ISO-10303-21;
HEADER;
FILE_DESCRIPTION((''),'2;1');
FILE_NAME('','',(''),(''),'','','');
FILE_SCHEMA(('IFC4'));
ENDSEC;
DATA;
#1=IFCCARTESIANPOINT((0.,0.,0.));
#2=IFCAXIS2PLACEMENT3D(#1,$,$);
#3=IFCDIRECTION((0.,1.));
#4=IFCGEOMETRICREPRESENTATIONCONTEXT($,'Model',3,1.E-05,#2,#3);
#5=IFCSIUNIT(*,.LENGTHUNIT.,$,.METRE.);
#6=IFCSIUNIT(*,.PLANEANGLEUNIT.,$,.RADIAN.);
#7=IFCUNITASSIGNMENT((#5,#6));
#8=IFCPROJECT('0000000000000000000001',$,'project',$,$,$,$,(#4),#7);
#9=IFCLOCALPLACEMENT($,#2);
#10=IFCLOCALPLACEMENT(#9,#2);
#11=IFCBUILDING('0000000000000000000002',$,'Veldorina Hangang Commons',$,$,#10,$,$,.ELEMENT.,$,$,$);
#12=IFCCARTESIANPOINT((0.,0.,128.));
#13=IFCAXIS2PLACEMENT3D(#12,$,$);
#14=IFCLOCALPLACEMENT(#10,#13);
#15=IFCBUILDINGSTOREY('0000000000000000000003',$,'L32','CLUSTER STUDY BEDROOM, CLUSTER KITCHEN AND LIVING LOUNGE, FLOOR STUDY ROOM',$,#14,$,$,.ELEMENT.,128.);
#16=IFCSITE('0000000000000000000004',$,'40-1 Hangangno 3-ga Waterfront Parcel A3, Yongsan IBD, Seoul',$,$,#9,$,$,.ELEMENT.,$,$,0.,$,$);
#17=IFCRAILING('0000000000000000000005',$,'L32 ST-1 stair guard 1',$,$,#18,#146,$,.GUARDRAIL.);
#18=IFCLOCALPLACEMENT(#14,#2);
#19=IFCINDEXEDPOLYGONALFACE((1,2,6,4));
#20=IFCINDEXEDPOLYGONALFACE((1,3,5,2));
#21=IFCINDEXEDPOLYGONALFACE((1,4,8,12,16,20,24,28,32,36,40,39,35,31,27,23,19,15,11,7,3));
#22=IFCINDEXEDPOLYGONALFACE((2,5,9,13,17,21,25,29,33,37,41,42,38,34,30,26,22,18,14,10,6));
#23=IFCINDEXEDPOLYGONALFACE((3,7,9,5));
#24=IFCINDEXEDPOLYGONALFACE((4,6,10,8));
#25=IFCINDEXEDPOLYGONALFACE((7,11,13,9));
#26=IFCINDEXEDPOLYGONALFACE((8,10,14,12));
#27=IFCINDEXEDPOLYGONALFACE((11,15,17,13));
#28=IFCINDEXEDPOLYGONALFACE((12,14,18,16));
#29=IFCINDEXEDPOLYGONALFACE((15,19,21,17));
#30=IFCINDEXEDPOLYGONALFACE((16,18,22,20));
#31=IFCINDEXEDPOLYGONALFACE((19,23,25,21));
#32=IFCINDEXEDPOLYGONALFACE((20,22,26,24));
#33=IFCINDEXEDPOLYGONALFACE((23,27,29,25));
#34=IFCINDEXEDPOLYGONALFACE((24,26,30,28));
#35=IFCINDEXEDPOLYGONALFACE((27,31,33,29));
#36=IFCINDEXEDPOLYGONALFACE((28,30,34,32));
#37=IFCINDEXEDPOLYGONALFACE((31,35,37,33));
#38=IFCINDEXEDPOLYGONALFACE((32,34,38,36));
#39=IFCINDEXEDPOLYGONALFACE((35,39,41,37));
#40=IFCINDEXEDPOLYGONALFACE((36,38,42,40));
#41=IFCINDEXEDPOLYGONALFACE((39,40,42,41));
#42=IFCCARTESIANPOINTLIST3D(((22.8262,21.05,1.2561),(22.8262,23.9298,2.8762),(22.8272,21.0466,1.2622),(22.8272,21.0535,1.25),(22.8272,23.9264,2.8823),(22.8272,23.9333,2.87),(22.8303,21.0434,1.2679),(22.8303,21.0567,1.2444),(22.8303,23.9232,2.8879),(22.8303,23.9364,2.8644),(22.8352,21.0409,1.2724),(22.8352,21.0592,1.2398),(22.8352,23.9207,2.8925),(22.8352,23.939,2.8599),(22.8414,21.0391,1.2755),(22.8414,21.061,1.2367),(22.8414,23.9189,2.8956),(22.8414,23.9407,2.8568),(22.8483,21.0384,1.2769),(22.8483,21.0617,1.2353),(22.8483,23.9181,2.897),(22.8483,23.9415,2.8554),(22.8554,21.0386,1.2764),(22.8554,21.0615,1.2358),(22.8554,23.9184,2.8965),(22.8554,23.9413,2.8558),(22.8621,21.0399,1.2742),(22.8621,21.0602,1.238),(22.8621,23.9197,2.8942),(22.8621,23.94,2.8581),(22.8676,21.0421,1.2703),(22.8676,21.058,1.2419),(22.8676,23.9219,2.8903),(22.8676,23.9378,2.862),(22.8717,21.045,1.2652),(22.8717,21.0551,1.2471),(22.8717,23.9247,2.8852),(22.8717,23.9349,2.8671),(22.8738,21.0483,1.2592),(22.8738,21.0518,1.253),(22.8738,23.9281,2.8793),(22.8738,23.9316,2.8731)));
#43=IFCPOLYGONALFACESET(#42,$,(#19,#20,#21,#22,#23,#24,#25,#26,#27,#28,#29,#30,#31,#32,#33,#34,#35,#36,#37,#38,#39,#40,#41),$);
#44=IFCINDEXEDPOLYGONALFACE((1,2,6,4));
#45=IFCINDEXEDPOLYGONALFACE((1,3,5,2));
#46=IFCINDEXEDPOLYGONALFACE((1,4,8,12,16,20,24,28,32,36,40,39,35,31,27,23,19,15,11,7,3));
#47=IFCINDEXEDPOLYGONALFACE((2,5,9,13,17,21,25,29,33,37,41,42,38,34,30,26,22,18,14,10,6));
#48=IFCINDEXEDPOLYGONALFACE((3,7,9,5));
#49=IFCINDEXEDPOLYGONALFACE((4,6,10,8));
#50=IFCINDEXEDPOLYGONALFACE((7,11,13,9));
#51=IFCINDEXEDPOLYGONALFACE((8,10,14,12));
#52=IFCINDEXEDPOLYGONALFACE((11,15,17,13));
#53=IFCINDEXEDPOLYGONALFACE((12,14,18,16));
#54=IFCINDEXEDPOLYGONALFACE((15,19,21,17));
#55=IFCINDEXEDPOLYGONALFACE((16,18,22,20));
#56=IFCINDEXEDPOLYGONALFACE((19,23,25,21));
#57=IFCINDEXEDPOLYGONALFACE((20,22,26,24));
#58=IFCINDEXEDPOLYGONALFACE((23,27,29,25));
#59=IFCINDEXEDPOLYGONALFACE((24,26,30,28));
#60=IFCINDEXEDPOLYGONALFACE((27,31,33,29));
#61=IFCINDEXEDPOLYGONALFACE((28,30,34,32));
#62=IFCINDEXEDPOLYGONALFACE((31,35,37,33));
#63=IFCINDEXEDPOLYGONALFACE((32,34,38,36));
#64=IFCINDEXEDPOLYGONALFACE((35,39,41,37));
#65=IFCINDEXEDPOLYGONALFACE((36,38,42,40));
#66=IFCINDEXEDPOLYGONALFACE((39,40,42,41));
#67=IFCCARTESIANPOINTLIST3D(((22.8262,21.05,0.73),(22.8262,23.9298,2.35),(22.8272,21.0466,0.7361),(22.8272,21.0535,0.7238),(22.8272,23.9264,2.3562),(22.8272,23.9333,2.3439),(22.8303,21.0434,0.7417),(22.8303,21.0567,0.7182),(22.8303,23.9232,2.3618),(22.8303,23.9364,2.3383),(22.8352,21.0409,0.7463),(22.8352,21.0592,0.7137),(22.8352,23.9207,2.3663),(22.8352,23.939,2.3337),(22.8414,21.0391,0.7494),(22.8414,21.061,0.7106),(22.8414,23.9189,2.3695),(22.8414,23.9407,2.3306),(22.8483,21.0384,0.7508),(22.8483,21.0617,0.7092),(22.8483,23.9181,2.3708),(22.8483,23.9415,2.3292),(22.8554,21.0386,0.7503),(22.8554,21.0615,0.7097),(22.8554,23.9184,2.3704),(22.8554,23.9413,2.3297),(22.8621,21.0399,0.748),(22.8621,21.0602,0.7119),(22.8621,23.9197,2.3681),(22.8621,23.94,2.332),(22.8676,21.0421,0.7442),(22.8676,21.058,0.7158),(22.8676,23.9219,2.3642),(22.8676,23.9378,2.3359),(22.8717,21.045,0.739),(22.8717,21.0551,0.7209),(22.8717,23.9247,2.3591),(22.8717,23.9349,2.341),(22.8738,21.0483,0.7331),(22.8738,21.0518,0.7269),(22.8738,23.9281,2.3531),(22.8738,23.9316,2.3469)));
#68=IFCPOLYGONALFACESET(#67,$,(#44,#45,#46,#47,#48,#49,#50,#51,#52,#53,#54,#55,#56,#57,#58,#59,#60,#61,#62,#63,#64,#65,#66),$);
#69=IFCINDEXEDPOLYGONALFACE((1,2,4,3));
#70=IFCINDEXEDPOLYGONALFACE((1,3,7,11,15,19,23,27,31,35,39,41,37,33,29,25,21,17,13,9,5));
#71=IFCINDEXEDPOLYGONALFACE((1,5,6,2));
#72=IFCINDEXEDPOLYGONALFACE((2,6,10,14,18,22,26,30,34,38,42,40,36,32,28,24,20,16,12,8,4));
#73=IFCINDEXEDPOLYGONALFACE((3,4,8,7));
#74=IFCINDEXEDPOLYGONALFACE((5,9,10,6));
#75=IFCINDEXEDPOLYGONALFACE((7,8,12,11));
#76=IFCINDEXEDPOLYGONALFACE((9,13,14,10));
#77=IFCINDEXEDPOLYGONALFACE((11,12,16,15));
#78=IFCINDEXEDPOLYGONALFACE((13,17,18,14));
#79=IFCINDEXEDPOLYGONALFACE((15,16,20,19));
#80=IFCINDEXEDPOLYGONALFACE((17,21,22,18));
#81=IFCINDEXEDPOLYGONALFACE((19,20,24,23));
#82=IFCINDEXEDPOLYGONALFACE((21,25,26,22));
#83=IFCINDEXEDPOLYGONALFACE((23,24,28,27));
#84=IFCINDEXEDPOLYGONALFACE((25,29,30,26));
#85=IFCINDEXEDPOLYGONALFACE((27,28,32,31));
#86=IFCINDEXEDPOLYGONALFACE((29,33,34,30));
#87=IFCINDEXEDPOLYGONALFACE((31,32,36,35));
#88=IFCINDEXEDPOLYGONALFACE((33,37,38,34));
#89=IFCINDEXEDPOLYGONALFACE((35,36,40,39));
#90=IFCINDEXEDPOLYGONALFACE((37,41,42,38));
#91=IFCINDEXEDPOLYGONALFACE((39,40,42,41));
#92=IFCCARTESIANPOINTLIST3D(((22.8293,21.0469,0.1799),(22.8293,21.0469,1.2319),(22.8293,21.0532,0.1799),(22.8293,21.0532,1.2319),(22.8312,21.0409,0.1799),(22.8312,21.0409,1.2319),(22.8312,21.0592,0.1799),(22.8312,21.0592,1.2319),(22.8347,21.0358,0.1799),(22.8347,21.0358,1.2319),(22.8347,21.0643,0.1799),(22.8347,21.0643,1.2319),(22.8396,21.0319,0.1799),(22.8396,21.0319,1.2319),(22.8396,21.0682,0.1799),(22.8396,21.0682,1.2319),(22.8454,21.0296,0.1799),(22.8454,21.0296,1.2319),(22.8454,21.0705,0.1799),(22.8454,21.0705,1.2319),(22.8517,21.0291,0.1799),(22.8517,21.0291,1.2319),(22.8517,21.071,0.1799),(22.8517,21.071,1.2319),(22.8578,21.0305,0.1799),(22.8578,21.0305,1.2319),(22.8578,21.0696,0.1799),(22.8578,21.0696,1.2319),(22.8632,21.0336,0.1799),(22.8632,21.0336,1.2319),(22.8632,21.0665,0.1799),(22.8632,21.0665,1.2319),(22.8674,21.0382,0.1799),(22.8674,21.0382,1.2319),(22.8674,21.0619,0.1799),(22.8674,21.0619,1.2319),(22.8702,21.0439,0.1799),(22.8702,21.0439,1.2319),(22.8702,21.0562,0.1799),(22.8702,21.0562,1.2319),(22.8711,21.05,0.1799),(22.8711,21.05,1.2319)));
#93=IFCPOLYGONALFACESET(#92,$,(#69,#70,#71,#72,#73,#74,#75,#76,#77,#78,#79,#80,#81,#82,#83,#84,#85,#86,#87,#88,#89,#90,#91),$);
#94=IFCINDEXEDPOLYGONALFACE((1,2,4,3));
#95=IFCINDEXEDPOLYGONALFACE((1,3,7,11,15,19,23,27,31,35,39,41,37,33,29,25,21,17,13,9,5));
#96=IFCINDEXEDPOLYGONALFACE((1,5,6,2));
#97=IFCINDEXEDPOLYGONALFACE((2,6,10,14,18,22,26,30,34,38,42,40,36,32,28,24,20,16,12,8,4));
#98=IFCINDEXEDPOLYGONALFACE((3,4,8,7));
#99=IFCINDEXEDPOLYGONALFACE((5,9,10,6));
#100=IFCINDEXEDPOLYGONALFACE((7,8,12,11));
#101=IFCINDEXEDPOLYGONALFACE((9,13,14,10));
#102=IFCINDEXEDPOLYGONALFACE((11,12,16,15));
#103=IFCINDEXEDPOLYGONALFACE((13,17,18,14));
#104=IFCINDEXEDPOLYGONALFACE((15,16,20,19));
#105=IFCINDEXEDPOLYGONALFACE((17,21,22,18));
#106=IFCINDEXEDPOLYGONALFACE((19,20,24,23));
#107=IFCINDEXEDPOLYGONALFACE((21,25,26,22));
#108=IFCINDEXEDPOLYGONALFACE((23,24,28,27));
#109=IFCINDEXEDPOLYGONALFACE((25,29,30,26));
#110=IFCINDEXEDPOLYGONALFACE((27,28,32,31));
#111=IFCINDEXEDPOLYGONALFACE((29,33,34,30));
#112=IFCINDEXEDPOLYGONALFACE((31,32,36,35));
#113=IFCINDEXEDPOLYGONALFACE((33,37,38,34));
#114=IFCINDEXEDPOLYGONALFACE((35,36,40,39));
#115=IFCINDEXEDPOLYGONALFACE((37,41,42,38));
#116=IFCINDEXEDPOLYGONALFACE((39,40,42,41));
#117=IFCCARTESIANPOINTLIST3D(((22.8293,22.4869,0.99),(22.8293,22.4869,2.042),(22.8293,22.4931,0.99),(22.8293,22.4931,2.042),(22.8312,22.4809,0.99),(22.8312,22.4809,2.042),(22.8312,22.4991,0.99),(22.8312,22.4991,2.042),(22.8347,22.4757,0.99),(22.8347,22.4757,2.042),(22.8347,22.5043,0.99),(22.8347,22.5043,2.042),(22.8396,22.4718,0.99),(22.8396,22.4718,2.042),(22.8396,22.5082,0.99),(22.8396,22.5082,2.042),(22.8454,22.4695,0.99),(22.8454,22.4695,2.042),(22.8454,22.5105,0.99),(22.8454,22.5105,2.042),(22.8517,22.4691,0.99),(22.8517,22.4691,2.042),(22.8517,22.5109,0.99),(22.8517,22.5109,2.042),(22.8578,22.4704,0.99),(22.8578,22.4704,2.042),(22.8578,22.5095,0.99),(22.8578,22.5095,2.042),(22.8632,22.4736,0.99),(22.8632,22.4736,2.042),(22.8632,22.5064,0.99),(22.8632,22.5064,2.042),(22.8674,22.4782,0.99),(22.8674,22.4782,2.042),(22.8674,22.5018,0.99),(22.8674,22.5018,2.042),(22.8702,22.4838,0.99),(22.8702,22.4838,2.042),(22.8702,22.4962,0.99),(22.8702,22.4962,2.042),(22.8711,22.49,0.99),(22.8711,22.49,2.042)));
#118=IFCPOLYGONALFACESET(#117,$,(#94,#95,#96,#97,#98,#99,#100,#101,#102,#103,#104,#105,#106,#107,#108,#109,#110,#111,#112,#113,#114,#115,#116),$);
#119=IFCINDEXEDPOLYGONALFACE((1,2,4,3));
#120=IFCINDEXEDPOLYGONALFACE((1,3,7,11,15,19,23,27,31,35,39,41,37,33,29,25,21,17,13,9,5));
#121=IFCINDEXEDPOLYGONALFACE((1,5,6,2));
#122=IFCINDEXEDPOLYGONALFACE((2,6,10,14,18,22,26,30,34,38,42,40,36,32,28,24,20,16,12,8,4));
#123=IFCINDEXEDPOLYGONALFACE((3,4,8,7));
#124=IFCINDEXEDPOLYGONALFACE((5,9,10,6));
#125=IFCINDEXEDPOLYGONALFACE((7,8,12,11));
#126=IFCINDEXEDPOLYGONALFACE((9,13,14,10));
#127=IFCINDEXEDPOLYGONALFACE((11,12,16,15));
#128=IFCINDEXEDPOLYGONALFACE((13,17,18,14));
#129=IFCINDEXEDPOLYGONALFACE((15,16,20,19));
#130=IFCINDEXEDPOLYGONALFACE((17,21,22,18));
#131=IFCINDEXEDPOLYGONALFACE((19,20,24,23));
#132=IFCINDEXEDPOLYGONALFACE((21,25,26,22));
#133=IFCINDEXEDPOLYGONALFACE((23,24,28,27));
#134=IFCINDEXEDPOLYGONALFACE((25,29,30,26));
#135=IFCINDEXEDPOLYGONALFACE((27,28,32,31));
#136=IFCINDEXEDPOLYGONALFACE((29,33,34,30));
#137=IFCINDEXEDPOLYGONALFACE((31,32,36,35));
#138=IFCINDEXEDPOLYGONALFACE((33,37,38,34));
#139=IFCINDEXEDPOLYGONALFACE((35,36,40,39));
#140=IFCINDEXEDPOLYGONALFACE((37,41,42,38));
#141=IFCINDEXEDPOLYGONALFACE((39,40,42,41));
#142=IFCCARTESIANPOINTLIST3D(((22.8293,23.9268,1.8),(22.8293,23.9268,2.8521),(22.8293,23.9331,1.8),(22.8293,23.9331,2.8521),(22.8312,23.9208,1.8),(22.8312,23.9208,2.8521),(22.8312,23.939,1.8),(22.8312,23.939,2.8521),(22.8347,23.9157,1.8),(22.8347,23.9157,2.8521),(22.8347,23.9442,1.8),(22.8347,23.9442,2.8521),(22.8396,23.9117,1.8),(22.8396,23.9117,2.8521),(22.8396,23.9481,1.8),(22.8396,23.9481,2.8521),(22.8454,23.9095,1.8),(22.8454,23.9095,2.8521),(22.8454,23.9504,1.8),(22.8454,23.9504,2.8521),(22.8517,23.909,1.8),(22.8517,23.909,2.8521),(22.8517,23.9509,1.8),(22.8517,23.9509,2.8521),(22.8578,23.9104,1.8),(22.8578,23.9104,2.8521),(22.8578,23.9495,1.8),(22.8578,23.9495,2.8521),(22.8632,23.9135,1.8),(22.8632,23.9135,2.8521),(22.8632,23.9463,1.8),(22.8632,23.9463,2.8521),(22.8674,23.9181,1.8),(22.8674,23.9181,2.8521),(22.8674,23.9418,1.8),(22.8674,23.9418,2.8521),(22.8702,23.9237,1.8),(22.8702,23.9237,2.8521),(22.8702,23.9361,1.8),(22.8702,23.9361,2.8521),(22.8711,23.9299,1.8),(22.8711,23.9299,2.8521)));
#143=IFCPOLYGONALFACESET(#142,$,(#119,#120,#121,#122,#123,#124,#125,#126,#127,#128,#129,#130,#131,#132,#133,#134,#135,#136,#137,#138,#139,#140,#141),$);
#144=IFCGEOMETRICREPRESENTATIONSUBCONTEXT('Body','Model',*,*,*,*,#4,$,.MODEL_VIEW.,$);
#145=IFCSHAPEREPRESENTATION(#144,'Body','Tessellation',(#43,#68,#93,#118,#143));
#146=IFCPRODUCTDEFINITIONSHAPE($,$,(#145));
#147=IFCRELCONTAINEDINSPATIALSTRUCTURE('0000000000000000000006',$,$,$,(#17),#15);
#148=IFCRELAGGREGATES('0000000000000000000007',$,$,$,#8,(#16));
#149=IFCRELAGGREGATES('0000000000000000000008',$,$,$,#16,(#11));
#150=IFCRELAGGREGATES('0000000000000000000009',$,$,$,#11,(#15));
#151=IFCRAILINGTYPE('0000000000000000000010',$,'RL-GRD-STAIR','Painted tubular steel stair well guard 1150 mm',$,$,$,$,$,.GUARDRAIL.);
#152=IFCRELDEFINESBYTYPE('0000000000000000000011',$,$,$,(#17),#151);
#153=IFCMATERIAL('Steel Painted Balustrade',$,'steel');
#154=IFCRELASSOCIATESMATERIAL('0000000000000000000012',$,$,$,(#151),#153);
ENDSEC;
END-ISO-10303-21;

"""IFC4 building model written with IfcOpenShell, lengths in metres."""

from ifc_helpers import new_model, si_unit, direction, frame, origin, origin_2d, place, context, subcontext, project, spatial, circle, extrude, material, type_object, element, save


model = new_model("IFC4")

# Units and contexts
model_context = context("Model", 3, precision=1e-05, world=origin(), true_north=direction((0.0, 1.0)))
body_context = subcontext(model_context, "Body", "Model", "MODEL_VIEW")
ifc_project = project(units=[si_unit("LENGTHUNIT", "METRE"), si_unit("PLANEANGLEUNIT", "RADIAN")], contexts=[model_context])

# Site, building, storey
site_placement = place(None, origin())
site = spatial("IfcSite", under=ifc_project, at=site_placement, Name="40-1 Hangangno 3-ga Waterfront Parcel A3, Yongsan IBD, Seoul", CompositionType="ELEMENT", RefElevation=0.0)
building_placement = place(site_placement, origin())
building = spatial("IfcBuilding", under=site, at=building_placement, Name="Veldorina Hangang Commons", CompositionType="ELEMENT")
storey_placement = place(building_placement, frame((0.0, 0.0, 128.0)))
storey = spatial("IfcBuildingStorey", under=building, at=storey_placement, Name="L32", Description="CLUSTER STUDY BEDROOM, CLUSTER KITCHEN AND LIVING LOUNGE, FLOOR STUDY ROOM", CompositionType="ELEMENT", Elevation=128.0)

# Railing
ifc_material_1 = material(Name="Steel Painted Balustrade", Category="steel")
railing_type_1 = type_object("IfcRailingType", Name="RL-GRD-STAIR", Description="Painted tubular steel stair well guard 1150 mm", PredefinedType="GUARDRAIL", material=ifc_material_1)
railing_1_placement = place(storey_placement, frame((22.8501, 21.05, 0.1799)))
element("IfcRailing", 1, at=railing_1_placement, inside=storey, type_object=railing_type_1, Name="L32 ST-1 stair guard 1", PredefinedType="GUARDRAIL", context=body_context, shape_type="SweptSolid", body=[
    extrude(circle(Radius=0.0239, at=origin_2d()), frame((0.0, 0.0, 1.0762), z_axis=(0.0, 0.871552, 0.490303), x_axis=(-1.0, 0.0, 0.0)), (0.0, 0.0, 1.0), 3.3042),
    extrude(circle(Radius=0.0239, at=origin_2d()), frame((0.0, 0.0, 0.55), z_axis=(0.0, 0.871552, 0.490303), x_axis=(-1.0, 0.0, 0.0)), (0.0, 0.0, 1.0), 3.3042),
    extrude(circle(Radius=0.021, at=origin_2d()), origin(), (0.0, 0.0, 1.0), 1.052),
    extrude(circle(Radius=0.021, at=origin_2d()), frame((0.0, 1.4399, 0.8101)), (0.0, 0.0, 1.0), 1.052),
    extrude(circle(Radius=0.021, at=origin_2d()), frame((0.0, 2.8799, 1.6201)), (0.0, 0.0, 1.0), 1.052),
])

save(model, "model.ifc")
